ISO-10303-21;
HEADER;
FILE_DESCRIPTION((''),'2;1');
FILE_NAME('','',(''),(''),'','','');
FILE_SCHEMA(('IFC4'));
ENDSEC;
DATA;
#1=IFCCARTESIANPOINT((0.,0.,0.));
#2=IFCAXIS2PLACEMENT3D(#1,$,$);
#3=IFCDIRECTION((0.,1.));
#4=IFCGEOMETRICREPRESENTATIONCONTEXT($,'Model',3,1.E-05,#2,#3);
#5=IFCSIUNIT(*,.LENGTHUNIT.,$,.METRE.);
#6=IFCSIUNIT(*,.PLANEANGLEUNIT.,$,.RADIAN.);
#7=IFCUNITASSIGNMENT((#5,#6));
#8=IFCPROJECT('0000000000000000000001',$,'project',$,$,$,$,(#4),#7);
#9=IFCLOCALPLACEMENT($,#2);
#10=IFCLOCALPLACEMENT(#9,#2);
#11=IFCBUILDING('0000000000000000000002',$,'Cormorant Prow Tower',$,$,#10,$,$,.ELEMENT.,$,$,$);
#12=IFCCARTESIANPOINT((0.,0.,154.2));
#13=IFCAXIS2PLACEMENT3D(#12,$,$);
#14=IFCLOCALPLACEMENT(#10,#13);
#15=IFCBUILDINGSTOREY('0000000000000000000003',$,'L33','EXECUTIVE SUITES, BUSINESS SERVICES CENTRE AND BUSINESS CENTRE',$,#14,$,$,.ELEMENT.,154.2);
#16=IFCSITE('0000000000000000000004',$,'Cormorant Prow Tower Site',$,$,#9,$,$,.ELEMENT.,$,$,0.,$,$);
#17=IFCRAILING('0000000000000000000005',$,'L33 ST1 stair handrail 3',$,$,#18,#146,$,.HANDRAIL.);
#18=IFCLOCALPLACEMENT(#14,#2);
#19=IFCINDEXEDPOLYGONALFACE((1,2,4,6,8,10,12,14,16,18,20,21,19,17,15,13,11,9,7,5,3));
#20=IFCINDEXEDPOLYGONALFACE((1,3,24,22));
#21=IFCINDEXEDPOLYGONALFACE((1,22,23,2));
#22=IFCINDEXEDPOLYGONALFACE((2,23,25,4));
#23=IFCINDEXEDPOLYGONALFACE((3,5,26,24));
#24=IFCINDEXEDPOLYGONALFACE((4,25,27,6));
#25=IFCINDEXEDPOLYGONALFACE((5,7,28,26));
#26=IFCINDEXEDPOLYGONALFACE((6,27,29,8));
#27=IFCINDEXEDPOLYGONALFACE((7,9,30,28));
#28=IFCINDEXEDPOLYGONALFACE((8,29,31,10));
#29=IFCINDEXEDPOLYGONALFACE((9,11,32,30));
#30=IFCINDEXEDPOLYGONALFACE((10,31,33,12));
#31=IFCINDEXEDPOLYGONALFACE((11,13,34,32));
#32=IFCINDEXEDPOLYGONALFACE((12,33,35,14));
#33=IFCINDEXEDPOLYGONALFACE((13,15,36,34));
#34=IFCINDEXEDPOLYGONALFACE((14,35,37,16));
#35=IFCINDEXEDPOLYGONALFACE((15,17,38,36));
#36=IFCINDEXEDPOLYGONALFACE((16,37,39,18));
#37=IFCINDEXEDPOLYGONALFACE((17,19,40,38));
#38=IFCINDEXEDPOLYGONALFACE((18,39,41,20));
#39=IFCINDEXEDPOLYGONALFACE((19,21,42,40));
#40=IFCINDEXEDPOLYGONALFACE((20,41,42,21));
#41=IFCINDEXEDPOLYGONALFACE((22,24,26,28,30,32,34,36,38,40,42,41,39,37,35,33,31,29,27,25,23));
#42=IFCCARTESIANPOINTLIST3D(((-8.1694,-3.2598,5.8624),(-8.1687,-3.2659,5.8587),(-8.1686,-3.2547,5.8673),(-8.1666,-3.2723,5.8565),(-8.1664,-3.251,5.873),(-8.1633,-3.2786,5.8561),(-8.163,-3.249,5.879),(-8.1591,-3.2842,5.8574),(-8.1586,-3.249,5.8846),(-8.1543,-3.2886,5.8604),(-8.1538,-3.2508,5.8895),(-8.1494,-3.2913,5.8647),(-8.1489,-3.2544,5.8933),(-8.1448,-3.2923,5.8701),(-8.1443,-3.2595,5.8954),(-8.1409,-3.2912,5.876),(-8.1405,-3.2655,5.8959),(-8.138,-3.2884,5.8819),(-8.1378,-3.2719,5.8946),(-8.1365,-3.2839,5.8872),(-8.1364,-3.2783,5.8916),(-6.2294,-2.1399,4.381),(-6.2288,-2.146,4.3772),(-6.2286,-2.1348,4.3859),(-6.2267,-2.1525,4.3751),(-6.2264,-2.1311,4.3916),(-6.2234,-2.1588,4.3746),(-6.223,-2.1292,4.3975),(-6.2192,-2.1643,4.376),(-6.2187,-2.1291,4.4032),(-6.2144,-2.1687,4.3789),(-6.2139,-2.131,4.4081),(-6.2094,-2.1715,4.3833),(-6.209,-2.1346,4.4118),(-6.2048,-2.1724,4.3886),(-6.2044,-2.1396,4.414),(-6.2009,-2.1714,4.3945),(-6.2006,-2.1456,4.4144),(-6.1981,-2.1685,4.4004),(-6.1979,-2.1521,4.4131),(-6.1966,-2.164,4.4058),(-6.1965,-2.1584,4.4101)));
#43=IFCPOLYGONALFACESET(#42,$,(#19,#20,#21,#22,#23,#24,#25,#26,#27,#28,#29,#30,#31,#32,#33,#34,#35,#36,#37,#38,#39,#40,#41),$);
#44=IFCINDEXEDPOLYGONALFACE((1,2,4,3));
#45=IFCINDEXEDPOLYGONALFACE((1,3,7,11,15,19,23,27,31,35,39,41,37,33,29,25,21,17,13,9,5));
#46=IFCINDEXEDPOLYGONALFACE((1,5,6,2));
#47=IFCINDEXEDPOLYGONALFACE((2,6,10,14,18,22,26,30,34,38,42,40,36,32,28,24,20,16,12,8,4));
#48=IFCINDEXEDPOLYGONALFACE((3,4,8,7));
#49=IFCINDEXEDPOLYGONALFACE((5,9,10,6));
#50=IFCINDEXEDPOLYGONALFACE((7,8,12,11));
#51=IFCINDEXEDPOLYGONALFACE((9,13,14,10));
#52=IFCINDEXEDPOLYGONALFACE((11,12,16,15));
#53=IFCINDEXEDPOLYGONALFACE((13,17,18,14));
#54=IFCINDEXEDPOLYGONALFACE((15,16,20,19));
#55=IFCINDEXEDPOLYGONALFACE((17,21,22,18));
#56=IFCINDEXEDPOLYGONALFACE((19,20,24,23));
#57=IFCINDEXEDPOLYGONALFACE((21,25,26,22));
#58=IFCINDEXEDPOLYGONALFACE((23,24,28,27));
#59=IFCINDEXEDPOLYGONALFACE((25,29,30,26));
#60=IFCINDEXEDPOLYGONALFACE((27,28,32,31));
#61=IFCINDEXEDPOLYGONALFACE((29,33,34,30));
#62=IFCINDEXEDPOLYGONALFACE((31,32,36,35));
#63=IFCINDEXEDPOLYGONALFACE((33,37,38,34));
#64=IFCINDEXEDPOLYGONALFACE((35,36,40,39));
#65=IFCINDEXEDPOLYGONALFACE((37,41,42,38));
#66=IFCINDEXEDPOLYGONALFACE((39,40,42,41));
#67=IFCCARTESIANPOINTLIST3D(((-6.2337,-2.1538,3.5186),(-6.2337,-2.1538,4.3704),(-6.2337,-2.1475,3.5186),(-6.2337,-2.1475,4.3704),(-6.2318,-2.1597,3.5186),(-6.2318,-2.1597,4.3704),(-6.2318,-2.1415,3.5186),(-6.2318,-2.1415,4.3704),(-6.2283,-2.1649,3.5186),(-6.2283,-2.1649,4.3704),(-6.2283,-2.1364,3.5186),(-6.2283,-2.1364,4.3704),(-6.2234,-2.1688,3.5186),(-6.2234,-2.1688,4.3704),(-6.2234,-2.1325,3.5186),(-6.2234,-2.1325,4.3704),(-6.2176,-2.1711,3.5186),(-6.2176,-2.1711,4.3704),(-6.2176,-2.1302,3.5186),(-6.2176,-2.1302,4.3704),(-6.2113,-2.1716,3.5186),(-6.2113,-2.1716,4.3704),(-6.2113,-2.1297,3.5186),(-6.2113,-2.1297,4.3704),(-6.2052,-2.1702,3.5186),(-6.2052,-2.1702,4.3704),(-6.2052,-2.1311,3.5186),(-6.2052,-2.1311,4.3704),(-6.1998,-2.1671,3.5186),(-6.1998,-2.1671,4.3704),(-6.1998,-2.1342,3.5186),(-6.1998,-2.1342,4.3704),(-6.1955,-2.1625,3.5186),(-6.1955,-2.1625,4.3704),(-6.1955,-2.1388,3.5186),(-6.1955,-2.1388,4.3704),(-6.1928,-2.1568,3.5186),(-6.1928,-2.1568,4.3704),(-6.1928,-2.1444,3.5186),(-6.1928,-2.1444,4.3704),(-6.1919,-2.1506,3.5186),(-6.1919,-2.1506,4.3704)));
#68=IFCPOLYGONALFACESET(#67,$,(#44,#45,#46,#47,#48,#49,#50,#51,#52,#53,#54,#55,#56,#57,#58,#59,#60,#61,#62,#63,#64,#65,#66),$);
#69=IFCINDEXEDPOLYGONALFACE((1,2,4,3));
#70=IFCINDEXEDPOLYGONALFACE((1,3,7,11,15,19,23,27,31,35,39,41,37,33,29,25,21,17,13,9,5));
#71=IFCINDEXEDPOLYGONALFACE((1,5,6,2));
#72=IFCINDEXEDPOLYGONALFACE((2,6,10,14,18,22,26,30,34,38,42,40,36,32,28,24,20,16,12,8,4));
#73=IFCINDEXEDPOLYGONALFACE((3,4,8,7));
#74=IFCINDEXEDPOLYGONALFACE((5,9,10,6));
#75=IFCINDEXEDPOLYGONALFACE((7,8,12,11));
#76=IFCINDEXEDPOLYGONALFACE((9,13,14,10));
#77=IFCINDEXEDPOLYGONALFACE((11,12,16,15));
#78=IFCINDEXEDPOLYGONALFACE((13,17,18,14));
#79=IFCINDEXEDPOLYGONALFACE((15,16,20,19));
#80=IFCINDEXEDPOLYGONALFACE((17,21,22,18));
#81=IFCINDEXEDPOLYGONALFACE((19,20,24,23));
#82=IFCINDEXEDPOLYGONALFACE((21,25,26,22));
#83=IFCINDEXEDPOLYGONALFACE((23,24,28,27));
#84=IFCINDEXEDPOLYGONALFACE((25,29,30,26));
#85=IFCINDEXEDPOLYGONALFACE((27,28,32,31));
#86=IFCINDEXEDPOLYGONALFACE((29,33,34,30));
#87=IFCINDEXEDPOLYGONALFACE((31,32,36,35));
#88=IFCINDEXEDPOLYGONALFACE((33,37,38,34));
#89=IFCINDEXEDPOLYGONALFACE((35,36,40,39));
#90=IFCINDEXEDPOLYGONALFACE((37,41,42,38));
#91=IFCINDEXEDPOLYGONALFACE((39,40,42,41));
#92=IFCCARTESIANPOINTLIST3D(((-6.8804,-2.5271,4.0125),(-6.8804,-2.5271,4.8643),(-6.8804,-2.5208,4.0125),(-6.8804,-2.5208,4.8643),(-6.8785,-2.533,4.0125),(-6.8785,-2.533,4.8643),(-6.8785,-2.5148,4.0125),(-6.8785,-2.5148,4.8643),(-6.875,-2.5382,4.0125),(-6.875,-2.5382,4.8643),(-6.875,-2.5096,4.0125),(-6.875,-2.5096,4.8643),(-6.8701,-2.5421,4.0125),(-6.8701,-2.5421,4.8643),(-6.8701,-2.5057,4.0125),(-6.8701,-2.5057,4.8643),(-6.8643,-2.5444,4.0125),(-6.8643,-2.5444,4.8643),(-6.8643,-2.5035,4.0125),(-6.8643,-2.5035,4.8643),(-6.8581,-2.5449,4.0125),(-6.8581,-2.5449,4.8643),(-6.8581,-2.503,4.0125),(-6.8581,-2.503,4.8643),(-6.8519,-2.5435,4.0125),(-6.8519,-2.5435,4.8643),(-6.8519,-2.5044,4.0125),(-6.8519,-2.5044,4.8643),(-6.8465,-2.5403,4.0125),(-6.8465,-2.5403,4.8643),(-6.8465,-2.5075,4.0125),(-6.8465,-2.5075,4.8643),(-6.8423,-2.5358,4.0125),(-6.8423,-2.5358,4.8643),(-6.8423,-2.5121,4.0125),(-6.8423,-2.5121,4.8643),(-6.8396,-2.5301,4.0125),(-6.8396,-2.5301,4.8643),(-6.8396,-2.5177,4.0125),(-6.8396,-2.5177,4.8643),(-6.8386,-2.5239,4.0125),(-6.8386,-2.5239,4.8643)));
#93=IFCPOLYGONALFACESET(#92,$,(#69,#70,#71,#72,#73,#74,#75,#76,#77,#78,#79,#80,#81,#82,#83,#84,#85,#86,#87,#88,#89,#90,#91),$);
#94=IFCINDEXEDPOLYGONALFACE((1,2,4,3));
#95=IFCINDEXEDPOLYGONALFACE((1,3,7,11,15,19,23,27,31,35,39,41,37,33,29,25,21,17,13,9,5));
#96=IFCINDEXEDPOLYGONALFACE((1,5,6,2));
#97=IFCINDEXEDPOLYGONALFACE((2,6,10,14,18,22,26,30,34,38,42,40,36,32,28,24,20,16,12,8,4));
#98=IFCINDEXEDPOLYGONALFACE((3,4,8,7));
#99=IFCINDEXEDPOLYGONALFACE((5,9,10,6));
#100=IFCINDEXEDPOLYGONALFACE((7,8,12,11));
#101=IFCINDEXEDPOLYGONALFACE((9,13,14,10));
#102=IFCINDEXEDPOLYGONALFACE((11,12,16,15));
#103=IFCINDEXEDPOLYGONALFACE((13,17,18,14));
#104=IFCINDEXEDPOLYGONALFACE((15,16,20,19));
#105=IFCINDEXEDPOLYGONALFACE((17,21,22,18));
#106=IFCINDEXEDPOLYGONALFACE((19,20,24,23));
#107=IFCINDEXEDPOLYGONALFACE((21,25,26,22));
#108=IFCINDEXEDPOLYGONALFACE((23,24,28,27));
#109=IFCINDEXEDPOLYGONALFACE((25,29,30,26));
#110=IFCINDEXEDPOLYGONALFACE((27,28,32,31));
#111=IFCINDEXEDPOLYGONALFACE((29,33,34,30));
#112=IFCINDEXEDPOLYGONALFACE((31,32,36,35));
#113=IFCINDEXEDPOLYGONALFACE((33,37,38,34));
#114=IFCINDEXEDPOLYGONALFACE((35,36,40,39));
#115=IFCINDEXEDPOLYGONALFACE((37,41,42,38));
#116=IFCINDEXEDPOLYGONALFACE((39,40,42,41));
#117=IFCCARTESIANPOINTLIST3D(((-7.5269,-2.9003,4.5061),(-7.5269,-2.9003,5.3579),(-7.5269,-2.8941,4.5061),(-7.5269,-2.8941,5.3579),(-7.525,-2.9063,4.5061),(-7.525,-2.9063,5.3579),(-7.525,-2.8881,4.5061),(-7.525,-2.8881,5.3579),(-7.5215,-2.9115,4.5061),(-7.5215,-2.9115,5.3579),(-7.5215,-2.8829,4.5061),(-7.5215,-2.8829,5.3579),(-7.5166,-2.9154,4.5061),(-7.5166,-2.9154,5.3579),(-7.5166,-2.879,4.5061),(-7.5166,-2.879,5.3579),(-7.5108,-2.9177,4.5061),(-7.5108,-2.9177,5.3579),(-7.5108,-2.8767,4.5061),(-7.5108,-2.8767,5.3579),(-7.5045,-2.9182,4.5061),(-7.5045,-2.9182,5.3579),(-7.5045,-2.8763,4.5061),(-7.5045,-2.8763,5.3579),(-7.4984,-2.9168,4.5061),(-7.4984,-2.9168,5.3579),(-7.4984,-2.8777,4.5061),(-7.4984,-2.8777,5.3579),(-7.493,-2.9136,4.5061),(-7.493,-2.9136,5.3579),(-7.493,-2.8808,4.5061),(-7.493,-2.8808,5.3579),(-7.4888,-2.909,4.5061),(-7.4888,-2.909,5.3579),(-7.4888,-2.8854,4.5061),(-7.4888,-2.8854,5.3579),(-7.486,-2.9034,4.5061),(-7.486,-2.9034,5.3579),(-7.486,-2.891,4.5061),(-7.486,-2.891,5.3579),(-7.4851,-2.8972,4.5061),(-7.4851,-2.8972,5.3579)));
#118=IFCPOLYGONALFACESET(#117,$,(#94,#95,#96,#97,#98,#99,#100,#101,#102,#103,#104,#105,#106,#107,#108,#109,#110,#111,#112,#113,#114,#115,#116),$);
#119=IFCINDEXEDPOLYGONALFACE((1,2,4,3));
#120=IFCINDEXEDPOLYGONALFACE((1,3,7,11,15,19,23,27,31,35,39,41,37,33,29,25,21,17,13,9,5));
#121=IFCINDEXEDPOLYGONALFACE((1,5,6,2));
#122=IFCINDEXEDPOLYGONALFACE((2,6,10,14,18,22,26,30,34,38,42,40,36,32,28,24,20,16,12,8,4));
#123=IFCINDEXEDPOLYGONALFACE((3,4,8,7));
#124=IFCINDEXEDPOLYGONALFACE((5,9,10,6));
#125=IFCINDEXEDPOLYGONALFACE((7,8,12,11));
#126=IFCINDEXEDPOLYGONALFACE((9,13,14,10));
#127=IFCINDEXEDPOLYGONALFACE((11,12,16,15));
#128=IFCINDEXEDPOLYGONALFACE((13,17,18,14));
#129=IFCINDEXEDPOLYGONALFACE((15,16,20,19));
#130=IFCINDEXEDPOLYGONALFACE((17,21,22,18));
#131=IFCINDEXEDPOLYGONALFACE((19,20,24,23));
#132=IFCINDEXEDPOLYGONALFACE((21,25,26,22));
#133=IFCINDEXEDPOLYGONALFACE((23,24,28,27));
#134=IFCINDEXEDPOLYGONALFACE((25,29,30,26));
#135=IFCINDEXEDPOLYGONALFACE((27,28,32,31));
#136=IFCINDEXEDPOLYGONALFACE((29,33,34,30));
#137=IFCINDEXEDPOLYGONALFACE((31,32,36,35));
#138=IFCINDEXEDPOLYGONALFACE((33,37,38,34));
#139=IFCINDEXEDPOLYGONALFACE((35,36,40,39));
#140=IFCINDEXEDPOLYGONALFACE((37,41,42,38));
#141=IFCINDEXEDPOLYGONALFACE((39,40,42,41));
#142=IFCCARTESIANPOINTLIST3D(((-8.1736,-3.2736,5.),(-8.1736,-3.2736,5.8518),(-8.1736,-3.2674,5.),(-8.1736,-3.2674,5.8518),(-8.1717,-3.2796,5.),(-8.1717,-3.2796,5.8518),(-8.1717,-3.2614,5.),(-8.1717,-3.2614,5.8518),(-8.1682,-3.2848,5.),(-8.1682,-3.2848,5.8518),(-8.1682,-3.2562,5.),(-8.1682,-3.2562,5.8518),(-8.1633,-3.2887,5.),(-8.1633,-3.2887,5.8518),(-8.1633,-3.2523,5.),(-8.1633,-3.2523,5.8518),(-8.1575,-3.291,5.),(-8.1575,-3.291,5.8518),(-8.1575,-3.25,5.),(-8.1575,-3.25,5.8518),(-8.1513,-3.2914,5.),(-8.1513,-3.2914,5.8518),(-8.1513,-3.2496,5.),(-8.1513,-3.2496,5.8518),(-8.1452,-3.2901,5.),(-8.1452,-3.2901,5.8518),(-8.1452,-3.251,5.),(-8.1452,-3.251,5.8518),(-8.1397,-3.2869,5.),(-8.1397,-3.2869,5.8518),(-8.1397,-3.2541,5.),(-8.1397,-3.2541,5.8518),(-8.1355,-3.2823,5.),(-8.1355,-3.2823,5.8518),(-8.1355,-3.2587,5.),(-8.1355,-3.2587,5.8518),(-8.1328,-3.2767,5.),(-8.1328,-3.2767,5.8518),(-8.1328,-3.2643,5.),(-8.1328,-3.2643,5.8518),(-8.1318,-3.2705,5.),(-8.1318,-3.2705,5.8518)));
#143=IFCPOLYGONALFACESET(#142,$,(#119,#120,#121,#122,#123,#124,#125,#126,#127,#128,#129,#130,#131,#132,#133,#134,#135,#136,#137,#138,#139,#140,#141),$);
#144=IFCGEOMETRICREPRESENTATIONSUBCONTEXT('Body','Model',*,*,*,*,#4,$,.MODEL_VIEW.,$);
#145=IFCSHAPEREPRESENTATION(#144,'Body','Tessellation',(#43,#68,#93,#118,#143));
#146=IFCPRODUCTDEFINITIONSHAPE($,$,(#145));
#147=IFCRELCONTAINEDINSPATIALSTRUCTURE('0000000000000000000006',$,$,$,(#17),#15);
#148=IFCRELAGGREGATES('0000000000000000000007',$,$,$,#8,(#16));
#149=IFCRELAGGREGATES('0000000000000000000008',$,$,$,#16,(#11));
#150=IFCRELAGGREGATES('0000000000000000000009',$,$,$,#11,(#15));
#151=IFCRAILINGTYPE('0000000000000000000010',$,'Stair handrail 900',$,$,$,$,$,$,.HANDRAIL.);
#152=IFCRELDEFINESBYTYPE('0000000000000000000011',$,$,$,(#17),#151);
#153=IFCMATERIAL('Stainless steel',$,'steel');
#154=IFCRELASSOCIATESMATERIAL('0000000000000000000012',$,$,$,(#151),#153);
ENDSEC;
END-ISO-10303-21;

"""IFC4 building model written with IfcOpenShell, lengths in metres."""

from ifc_helpers import new_model, si_unit, direction, frame, origin, origin_2d, place, context, subcontext, project, spatial, circle, extrude, material, type_object, element, save


model = new_model("IFC4")

# Units and contexts
model_context = context("Model", 3, precision=1e-05, world=origin(), true_north=direction((0.0, 1.0)))
body_context = subcontext(model_context, "Body", "Model", "MODEL_VIEW")
ifc_project = project(units=[si_unit("LENGTHUNIT", "METRE"), si_unit("PLANEANGLEUNIT", "RADIAN")], contexts=[model_context])

# Site, building, storey
site_placement = place(None, origin())
site = spatial("IfcSite", under=ifc_project, at=site_placement, Name="Cormorant Prow Tower Site", CompositionType="ELEMENT", RefElevation=0.0)
building_placement = place(site_placement, origin())
building = spatial("IfcBuilding", under=site, at=building_placement, Name="Cormorant Prow Tower", CompositionType="ELEMENT")
storey_placement = place(building_placement, frame((0.0, 0.0, 154.2)))
storey = spatial("IfcBuildingStorey", under=building, at=storey_placement, Name="L33", Description="EXECUTIVE SUITES, BUSINESS SERVICES CENTRE AND BUSINESS CENTRE", CompositionType="ELEMENT", Elevation=154.2)

# Railing
ifc_material_1 = material(Name="Stainless steel", Category="steel")
railing_type = type_object("IfcRailingType", Name="Stair handrail 900", PredefinedType="HANDRAIL", material=ifc_material_1)
for number, where, name in (
    (1, (-6.2129, -2.1506, 3.5186), "L33 ST1 stair handrail 3"),
):
    element("IfcRailing", number, at=place(storey_placement, frame(where)), inside=storey, type_object=railing_type, Name=name, PredefinedType="HANDRAIL", context=body_context, shape_type="SweptSolid", body=[
        extrude(circle(Radius=0.0239, at=origin_2d()), frame((0.0, 0.0, 0.876), z_axis=(-0.722363, -0.417, 0.551636), x_axis=(0.499949, -0.866055, 0.0)), (0.0, 0.0, 1.0), 2.6855),
        extrude(circle(Radius=0.021, at=origin_2d()), origin(), (0.0, 0.0, 1.0), 0.8518),
        extrude(circle(Radius=0.021, at=origin_2d()), frame((-0.6467, -0.3733, 0.4939)), (0.0, 0.0, 1.0), 0.8518),
        extrude(circle(Radius=0.021, at=origin_2d()), frame((-1.2932, -0.7466, 0.9875)), (0.0, 0.0, 1.0), 0.8518),
        extrude(circle(Radius=0.021, at=origin_2d()), frame((-1.9399, -1.1199, 1.4814)), (0.0, 0.0, 1.0), 0.8518),
    ])

save(model, "model.ifc")
